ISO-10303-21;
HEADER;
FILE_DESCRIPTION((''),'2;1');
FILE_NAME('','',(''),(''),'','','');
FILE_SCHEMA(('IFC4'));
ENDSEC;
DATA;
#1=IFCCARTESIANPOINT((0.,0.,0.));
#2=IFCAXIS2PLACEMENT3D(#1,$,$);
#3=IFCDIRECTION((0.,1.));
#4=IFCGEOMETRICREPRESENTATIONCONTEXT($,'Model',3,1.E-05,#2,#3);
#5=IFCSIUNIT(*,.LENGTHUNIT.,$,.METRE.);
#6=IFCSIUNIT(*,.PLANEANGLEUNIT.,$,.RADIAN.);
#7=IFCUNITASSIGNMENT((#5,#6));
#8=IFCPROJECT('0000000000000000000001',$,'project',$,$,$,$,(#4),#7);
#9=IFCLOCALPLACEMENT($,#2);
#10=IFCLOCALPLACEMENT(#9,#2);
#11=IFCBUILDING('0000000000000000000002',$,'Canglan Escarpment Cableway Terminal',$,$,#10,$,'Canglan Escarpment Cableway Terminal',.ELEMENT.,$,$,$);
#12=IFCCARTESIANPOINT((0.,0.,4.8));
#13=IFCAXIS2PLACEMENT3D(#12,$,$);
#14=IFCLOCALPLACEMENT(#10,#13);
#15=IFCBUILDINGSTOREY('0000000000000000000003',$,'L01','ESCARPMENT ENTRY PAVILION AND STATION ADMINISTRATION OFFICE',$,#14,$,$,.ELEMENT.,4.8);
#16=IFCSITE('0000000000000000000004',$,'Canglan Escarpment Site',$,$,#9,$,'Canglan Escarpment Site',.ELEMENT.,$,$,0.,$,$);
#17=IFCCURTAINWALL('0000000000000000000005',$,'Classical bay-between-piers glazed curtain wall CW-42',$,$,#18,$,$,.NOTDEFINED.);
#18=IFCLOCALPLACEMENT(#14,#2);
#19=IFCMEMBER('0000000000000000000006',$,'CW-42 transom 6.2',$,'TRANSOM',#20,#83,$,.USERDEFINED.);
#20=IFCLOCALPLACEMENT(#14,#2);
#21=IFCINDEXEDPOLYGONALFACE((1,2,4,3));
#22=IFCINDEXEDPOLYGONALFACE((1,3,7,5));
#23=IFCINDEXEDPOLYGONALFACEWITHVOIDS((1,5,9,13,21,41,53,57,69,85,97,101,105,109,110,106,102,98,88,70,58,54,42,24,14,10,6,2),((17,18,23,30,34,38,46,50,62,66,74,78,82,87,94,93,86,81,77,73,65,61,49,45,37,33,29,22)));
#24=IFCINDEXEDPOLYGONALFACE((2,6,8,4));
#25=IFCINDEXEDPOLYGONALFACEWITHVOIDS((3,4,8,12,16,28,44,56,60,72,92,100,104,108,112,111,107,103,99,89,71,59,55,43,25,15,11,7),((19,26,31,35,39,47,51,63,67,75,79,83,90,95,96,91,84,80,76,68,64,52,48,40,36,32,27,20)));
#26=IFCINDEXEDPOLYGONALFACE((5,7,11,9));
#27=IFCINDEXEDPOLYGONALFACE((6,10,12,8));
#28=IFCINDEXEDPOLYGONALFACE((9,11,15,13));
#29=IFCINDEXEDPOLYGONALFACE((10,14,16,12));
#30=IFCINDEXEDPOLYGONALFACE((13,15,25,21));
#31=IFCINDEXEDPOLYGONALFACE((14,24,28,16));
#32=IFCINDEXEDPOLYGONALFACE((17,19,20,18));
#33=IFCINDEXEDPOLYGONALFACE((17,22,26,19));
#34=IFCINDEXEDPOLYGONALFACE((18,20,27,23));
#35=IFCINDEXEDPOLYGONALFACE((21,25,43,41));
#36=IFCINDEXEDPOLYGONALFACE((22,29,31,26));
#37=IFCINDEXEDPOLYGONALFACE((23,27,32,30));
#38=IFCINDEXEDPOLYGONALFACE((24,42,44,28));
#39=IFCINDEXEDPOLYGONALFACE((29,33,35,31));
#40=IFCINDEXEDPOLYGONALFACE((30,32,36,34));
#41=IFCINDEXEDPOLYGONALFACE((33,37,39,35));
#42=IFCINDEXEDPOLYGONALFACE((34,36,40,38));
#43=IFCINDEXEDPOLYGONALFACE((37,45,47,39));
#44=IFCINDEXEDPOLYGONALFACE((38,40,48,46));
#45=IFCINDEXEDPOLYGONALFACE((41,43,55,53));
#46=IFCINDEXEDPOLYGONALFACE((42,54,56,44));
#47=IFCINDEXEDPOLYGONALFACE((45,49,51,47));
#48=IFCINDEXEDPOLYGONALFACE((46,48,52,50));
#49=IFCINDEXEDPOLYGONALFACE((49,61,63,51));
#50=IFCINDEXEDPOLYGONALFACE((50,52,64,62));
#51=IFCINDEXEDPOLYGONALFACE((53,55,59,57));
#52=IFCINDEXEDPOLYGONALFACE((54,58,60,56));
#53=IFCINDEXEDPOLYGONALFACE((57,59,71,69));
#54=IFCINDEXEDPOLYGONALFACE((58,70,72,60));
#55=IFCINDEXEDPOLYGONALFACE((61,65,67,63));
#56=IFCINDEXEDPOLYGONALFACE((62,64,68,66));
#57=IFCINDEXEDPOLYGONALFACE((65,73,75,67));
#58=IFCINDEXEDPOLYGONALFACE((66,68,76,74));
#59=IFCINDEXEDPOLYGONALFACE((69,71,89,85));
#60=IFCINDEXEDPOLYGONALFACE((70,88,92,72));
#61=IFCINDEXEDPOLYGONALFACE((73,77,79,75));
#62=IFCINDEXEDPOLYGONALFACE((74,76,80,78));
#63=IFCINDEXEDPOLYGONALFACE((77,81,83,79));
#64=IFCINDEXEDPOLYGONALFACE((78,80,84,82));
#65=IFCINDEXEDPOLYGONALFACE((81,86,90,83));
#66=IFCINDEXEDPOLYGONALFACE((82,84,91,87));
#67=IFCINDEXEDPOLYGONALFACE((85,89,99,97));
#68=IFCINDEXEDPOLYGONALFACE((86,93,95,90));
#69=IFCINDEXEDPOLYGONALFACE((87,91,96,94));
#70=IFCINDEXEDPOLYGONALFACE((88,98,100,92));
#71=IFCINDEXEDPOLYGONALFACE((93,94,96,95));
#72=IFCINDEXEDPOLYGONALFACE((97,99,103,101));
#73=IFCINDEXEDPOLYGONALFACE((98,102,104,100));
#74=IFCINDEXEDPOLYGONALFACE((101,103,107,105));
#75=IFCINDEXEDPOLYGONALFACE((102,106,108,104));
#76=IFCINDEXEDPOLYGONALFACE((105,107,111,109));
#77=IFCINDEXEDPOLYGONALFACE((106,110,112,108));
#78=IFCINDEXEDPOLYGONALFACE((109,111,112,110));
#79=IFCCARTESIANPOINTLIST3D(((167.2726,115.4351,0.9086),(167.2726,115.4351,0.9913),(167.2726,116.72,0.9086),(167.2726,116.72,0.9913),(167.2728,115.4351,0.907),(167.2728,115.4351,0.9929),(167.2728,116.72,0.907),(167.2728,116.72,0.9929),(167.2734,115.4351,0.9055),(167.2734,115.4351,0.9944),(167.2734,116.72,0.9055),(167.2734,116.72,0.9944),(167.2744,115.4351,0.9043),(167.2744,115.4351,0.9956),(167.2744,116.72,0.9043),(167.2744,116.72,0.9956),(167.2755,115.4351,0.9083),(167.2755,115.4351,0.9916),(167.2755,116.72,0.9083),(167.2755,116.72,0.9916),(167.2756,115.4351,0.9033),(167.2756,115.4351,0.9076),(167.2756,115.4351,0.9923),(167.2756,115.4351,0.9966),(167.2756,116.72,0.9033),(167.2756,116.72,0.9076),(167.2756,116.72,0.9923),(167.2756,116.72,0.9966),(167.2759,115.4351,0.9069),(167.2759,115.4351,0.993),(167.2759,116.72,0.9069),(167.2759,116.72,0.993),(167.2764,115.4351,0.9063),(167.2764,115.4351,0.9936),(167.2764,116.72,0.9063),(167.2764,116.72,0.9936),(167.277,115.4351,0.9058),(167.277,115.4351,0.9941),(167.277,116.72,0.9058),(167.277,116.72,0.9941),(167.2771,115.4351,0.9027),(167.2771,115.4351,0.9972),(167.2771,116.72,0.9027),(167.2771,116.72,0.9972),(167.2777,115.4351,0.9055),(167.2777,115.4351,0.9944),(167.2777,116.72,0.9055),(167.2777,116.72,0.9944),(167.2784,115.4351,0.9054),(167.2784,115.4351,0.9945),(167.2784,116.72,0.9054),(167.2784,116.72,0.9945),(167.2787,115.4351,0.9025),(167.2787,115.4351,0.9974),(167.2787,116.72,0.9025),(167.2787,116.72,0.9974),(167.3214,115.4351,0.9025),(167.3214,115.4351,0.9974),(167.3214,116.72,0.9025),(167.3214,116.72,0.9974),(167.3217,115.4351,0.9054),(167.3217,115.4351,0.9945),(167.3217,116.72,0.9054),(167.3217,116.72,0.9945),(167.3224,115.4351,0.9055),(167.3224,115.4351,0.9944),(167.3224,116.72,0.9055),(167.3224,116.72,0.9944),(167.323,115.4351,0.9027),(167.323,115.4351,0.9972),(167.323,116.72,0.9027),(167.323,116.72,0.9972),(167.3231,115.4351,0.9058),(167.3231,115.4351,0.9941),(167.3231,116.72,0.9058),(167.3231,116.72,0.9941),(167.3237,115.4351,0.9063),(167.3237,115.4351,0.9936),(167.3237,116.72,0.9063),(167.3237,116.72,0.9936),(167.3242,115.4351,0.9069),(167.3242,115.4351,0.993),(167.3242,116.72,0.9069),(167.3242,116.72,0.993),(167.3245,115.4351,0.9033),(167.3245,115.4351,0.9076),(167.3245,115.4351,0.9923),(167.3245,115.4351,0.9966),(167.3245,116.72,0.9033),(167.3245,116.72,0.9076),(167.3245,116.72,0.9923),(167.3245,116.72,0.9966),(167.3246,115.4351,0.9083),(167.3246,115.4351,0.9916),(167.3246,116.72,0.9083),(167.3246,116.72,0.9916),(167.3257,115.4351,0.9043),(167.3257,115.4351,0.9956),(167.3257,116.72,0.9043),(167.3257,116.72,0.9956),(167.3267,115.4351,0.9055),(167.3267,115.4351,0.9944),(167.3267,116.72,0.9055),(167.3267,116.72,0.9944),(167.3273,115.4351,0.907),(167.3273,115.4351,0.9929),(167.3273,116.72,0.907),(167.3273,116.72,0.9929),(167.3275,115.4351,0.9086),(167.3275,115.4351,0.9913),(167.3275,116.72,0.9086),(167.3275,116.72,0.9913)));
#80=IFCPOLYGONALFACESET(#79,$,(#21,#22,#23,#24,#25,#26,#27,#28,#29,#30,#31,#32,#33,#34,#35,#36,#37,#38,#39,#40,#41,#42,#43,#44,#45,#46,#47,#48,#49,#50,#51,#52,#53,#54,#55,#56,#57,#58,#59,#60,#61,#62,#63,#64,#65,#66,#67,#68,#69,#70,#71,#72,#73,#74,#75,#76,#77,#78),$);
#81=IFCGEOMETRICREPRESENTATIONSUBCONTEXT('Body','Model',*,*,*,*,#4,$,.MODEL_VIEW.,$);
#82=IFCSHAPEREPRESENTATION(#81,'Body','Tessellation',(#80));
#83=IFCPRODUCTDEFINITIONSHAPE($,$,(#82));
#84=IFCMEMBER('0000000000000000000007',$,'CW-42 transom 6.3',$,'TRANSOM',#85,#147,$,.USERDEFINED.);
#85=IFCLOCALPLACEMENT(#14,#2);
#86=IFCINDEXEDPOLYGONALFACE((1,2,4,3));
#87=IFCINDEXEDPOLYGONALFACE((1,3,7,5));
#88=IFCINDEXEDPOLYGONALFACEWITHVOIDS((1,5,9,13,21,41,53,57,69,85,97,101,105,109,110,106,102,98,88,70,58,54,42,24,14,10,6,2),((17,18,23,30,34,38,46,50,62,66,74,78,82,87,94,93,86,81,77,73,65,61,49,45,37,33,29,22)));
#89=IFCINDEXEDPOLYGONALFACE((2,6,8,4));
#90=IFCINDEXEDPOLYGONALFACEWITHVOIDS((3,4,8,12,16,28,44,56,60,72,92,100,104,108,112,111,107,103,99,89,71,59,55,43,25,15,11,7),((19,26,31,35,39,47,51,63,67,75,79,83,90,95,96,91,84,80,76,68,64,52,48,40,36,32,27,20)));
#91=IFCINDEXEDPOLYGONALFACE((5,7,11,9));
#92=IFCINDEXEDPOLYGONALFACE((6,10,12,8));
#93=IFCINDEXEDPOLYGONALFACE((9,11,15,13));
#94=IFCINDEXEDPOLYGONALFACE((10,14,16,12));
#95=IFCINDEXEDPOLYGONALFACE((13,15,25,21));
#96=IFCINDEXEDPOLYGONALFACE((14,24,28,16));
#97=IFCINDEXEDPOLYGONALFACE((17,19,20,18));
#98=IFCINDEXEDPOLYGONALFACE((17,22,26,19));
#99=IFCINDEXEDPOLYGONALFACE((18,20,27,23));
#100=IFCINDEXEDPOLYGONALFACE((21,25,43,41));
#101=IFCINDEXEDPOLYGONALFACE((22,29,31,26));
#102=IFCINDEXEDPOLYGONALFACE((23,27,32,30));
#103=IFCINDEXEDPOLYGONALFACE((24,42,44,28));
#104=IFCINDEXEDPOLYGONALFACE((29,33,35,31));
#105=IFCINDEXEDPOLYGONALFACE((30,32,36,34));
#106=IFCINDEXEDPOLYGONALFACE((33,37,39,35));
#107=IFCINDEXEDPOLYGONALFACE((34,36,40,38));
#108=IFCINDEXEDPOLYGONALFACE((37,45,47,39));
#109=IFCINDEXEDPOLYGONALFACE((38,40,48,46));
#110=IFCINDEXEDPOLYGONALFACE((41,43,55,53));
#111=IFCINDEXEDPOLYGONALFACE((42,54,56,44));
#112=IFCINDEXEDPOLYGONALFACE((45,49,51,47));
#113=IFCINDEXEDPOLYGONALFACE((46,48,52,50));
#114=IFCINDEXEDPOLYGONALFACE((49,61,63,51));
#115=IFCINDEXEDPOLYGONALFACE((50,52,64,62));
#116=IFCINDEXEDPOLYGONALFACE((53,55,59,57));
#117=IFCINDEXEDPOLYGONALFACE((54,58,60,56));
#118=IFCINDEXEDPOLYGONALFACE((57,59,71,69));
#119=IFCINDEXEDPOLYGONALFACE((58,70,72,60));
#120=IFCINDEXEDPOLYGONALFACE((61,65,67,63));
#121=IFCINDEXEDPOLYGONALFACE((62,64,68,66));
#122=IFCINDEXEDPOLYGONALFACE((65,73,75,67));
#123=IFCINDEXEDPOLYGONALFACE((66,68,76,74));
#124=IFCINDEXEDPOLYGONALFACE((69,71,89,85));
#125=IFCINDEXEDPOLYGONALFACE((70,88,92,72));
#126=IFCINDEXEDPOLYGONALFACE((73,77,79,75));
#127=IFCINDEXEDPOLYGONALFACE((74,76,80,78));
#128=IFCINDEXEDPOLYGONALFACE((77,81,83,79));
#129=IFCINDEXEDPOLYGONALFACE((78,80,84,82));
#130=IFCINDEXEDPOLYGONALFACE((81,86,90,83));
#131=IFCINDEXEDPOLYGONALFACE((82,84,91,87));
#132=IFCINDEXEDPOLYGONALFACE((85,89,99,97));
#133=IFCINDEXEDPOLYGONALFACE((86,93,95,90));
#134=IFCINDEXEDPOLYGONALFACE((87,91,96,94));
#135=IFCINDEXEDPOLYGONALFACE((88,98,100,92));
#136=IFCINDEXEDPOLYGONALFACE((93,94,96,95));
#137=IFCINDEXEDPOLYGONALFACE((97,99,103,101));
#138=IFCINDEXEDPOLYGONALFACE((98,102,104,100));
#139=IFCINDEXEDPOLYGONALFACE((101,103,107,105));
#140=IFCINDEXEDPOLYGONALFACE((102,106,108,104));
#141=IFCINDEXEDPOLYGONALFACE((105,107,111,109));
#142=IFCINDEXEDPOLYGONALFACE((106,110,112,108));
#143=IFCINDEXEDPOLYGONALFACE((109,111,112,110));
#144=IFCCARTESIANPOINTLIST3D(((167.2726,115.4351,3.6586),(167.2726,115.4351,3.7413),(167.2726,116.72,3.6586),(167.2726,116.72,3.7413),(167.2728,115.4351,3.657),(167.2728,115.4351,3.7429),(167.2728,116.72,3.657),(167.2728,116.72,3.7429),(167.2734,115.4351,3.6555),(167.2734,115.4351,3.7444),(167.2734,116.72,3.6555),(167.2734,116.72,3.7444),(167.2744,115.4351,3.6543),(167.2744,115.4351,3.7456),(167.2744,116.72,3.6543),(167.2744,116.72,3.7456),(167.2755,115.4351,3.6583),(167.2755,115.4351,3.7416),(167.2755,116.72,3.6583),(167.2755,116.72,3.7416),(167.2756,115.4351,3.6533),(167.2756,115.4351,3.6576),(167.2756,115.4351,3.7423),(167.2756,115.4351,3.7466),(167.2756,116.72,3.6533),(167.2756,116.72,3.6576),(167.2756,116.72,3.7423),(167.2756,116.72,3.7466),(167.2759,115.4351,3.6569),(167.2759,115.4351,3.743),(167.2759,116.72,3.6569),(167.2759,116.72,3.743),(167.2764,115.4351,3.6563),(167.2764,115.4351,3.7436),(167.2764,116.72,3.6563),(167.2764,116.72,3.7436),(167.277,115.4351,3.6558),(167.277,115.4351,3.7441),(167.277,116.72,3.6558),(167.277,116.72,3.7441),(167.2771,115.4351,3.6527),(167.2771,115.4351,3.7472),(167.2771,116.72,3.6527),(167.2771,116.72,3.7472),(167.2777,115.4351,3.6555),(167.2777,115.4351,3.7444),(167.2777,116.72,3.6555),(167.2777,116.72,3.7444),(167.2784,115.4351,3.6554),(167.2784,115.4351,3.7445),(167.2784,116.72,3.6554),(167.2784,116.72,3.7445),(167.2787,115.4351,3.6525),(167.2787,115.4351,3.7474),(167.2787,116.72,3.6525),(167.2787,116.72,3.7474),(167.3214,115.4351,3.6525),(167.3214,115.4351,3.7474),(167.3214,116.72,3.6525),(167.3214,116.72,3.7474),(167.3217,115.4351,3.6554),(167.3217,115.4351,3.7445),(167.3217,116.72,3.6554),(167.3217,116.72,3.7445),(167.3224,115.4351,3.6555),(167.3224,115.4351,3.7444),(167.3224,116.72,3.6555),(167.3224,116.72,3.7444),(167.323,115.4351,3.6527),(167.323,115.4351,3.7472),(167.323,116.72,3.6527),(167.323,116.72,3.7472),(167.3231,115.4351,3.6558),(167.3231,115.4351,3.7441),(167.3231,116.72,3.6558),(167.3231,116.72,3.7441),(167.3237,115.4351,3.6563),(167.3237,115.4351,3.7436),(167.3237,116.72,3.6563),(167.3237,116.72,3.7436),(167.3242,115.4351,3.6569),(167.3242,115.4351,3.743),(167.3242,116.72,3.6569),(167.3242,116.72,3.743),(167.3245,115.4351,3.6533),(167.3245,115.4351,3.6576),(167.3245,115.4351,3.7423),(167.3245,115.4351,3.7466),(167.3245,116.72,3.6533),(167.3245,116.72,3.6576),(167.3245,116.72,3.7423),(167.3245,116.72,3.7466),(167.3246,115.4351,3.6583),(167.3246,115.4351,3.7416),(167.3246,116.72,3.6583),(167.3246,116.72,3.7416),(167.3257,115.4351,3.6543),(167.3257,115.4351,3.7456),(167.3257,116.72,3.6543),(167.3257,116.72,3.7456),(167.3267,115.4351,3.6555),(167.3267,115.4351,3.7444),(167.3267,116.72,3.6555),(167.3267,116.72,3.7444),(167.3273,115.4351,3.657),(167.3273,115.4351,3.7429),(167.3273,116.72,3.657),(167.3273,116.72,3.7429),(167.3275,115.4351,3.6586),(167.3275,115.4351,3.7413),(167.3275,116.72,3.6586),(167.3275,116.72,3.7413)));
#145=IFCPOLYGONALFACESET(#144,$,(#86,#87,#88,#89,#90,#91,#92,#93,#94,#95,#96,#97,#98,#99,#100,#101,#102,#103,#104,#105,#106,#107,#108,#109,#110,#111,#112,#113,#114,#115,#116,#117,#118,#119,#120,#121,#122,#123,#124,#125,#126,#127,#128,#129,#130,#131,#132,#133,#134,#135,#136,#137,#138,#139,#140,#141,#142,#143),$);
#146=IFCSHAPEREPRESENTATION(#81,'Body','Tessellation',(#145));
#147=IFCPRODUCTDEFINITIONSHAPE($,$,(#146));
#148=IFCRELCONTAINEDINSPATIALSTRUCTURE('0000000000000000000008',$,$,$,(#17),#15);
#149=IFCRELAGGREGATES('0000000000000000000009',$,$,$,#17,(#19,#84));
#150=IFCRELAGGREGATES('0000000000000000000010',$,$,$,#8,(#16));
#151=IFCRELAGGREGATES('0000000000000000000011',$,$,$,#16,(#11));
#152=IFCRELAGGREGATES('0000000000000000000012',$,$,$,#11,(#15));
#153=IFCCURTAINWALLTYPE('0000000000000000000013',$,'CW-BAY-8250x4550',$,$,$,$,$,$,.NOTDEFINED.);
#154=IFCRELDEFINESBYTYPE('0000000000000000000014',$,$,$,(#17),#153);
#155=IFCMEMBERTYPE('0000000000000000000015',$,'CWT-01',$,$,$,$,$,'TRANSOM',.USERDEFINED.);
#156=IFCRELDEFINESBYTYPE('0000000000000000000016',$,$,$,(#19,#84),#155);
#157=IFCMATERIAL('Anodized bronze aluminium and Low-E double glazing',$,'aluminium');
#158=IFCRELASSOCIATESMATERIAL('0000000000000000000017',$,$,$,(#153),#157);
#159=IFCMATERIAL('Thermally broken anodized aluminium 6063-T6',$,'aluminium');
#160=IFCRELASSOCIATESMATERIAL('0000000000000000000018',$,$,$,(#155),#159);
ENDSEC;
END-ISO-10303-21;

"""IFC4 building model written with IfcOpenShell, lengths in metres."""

from ifc_helpers import new_model, si_unit, direction, frame, origin, origin_2d, place, context, subcontext, project, spatial, hollow_rectangle, extrude, material, material_profile, profile_set, type_object, element, aggregate, save


model = new_model("IFC4")

# Units and contexts
model_context = context("Model", 3, precision=1e-05, world=origin(), true_north=direction((0.0, 1.0)))
body_context = subcontext(model_context, "Body", "Model", "MODEL_VIEW")
ifc_project = project(units=[si_unit("LENGTHUNIT", "METRE"), si_unit("PLANEANGLEUNIT", "RADIAN")], contexts=[model_context])

# Site, building, storey
site_placement = place(None, origin())
site = spatial("IfcSite", under=ifc_project, at=site_placement, Name="Canglan Escarpment Site", LongName="Canglan Escarpment Site", CompositionType="ELEMENT", RefElevation=0.0)
building_placement = place(site_placement, origin())
building = spatial("IfcBuilding", under=site, at=building_placement, Name="Canglan Escarpment Cableway Terminal", LongName="Canglan Escarpment Cableway Terminal", CompositionType="ELEMENT")
storey_placement = place(building_placement, frame((0.0, 0.0, 4.8)))
storey = spatial("IfcBuildingStorey", under=building, at=storey_placement, Name="L01", Description="ESCARPMENT ENTRY PAVILION AND STATION ADMINISTRATION OFFICE", CompositionType="ELEMENT", Elevation=4.8)

# Curtain wall, members
ifc_material_1 = material(Name="Anodized bronze aluminium and Low-E double glazing", Category="aluminium")
curtain_wall_type = type_object("IfcCurtainWallType", Name="CW-BAY-8250x4550", PredefinedType="NOTDEFINED", material=ifc_material_1)
curtain_wall_placement = place(storey_placement, origin())
curtain_wall = element("IfcCurtainWall", 1, at=curtain_wall_placement, inside=storey, type_object=curtain_wall_type, Name="Classical bay-between-piers glazed curtain wall CW-42", PredefinedType="NOTDEFINED")
ifc_material_2 = material(Name="Thermally broken anodized aluminium 6063-T6", Category="aluminium")
ifc_material_profile_1 = material_profile(ifc_material_2, hollow_rectangle(XDim=0.0549, YDim=0.095, WallThickness=0.0029, InnerFilletRadius=0.0029, OuterFilletRadius=0.0061, at=origin_2d()), Name="ALU-TRAN 55x95x3")
ifc_profile_set_1 = profile_set([ifc_material_profile_1], Name="Thermally broken anodized aluminium 6063-T6")
member_type_1 = type_object("IfcMemberType", Name="CWT-01", ElementType="TRANSOM", PredefinedType="USERDEFINED", material=ifc_profile_set_1)
member_1_placement = place(storey_placement, frame((167.3, 116.72, 0.95), z_axis=(0.0, -1.0, 0.0), x_axis=(1.0, 0.0, 0.0)))
member_1 = element("IfcMember", 2, at=member_1_placement, type_object=member_type_1, Name="CW-42 transom 6.2", ObjectType="TRANSOM", PredefinedType="USERDEFINED", context=body_context, shape_type="SweptSolid", body=[
    extrude(hollow_rectangle(XDim=0.0549, YDim=0.095, WallThickness=0.0029, InnerFilletRadius=0.0029, OuterFilletRadius=0.0061, at=origin_2d()), origin(), (0.0, 0.0, 1.0), 1.2849),
])
member_2_placement = place(storey_placement, frame((167.3, 116.72, 3.7), z_axis=(0.0, -1.0, 0.0), x_axis=(1.0, 0.0, 0.0)))
member_2 = element("IfcMember", 3, at=member_2_placement, type_object=member_type_1, Name="CW-42 transom 6.3", ObjectType="TRANSOM", PredefinedType="USERDEFINED", context=body_context, shape_type="SweptSolid", body=[
    extrude(hollow_rectangle(XDim=0.0549, YDim=0.095, WallThickness=0.0029, InnerFilletRadius=0.0029, OuterFilletRadius=0.0061, at=origin_2d()), origin(), (0.0, 0.0, 1.0), 1.2849),
])

aggregate(curtain_wall, [member_1, member_2])

save(model, "model.ifc")
